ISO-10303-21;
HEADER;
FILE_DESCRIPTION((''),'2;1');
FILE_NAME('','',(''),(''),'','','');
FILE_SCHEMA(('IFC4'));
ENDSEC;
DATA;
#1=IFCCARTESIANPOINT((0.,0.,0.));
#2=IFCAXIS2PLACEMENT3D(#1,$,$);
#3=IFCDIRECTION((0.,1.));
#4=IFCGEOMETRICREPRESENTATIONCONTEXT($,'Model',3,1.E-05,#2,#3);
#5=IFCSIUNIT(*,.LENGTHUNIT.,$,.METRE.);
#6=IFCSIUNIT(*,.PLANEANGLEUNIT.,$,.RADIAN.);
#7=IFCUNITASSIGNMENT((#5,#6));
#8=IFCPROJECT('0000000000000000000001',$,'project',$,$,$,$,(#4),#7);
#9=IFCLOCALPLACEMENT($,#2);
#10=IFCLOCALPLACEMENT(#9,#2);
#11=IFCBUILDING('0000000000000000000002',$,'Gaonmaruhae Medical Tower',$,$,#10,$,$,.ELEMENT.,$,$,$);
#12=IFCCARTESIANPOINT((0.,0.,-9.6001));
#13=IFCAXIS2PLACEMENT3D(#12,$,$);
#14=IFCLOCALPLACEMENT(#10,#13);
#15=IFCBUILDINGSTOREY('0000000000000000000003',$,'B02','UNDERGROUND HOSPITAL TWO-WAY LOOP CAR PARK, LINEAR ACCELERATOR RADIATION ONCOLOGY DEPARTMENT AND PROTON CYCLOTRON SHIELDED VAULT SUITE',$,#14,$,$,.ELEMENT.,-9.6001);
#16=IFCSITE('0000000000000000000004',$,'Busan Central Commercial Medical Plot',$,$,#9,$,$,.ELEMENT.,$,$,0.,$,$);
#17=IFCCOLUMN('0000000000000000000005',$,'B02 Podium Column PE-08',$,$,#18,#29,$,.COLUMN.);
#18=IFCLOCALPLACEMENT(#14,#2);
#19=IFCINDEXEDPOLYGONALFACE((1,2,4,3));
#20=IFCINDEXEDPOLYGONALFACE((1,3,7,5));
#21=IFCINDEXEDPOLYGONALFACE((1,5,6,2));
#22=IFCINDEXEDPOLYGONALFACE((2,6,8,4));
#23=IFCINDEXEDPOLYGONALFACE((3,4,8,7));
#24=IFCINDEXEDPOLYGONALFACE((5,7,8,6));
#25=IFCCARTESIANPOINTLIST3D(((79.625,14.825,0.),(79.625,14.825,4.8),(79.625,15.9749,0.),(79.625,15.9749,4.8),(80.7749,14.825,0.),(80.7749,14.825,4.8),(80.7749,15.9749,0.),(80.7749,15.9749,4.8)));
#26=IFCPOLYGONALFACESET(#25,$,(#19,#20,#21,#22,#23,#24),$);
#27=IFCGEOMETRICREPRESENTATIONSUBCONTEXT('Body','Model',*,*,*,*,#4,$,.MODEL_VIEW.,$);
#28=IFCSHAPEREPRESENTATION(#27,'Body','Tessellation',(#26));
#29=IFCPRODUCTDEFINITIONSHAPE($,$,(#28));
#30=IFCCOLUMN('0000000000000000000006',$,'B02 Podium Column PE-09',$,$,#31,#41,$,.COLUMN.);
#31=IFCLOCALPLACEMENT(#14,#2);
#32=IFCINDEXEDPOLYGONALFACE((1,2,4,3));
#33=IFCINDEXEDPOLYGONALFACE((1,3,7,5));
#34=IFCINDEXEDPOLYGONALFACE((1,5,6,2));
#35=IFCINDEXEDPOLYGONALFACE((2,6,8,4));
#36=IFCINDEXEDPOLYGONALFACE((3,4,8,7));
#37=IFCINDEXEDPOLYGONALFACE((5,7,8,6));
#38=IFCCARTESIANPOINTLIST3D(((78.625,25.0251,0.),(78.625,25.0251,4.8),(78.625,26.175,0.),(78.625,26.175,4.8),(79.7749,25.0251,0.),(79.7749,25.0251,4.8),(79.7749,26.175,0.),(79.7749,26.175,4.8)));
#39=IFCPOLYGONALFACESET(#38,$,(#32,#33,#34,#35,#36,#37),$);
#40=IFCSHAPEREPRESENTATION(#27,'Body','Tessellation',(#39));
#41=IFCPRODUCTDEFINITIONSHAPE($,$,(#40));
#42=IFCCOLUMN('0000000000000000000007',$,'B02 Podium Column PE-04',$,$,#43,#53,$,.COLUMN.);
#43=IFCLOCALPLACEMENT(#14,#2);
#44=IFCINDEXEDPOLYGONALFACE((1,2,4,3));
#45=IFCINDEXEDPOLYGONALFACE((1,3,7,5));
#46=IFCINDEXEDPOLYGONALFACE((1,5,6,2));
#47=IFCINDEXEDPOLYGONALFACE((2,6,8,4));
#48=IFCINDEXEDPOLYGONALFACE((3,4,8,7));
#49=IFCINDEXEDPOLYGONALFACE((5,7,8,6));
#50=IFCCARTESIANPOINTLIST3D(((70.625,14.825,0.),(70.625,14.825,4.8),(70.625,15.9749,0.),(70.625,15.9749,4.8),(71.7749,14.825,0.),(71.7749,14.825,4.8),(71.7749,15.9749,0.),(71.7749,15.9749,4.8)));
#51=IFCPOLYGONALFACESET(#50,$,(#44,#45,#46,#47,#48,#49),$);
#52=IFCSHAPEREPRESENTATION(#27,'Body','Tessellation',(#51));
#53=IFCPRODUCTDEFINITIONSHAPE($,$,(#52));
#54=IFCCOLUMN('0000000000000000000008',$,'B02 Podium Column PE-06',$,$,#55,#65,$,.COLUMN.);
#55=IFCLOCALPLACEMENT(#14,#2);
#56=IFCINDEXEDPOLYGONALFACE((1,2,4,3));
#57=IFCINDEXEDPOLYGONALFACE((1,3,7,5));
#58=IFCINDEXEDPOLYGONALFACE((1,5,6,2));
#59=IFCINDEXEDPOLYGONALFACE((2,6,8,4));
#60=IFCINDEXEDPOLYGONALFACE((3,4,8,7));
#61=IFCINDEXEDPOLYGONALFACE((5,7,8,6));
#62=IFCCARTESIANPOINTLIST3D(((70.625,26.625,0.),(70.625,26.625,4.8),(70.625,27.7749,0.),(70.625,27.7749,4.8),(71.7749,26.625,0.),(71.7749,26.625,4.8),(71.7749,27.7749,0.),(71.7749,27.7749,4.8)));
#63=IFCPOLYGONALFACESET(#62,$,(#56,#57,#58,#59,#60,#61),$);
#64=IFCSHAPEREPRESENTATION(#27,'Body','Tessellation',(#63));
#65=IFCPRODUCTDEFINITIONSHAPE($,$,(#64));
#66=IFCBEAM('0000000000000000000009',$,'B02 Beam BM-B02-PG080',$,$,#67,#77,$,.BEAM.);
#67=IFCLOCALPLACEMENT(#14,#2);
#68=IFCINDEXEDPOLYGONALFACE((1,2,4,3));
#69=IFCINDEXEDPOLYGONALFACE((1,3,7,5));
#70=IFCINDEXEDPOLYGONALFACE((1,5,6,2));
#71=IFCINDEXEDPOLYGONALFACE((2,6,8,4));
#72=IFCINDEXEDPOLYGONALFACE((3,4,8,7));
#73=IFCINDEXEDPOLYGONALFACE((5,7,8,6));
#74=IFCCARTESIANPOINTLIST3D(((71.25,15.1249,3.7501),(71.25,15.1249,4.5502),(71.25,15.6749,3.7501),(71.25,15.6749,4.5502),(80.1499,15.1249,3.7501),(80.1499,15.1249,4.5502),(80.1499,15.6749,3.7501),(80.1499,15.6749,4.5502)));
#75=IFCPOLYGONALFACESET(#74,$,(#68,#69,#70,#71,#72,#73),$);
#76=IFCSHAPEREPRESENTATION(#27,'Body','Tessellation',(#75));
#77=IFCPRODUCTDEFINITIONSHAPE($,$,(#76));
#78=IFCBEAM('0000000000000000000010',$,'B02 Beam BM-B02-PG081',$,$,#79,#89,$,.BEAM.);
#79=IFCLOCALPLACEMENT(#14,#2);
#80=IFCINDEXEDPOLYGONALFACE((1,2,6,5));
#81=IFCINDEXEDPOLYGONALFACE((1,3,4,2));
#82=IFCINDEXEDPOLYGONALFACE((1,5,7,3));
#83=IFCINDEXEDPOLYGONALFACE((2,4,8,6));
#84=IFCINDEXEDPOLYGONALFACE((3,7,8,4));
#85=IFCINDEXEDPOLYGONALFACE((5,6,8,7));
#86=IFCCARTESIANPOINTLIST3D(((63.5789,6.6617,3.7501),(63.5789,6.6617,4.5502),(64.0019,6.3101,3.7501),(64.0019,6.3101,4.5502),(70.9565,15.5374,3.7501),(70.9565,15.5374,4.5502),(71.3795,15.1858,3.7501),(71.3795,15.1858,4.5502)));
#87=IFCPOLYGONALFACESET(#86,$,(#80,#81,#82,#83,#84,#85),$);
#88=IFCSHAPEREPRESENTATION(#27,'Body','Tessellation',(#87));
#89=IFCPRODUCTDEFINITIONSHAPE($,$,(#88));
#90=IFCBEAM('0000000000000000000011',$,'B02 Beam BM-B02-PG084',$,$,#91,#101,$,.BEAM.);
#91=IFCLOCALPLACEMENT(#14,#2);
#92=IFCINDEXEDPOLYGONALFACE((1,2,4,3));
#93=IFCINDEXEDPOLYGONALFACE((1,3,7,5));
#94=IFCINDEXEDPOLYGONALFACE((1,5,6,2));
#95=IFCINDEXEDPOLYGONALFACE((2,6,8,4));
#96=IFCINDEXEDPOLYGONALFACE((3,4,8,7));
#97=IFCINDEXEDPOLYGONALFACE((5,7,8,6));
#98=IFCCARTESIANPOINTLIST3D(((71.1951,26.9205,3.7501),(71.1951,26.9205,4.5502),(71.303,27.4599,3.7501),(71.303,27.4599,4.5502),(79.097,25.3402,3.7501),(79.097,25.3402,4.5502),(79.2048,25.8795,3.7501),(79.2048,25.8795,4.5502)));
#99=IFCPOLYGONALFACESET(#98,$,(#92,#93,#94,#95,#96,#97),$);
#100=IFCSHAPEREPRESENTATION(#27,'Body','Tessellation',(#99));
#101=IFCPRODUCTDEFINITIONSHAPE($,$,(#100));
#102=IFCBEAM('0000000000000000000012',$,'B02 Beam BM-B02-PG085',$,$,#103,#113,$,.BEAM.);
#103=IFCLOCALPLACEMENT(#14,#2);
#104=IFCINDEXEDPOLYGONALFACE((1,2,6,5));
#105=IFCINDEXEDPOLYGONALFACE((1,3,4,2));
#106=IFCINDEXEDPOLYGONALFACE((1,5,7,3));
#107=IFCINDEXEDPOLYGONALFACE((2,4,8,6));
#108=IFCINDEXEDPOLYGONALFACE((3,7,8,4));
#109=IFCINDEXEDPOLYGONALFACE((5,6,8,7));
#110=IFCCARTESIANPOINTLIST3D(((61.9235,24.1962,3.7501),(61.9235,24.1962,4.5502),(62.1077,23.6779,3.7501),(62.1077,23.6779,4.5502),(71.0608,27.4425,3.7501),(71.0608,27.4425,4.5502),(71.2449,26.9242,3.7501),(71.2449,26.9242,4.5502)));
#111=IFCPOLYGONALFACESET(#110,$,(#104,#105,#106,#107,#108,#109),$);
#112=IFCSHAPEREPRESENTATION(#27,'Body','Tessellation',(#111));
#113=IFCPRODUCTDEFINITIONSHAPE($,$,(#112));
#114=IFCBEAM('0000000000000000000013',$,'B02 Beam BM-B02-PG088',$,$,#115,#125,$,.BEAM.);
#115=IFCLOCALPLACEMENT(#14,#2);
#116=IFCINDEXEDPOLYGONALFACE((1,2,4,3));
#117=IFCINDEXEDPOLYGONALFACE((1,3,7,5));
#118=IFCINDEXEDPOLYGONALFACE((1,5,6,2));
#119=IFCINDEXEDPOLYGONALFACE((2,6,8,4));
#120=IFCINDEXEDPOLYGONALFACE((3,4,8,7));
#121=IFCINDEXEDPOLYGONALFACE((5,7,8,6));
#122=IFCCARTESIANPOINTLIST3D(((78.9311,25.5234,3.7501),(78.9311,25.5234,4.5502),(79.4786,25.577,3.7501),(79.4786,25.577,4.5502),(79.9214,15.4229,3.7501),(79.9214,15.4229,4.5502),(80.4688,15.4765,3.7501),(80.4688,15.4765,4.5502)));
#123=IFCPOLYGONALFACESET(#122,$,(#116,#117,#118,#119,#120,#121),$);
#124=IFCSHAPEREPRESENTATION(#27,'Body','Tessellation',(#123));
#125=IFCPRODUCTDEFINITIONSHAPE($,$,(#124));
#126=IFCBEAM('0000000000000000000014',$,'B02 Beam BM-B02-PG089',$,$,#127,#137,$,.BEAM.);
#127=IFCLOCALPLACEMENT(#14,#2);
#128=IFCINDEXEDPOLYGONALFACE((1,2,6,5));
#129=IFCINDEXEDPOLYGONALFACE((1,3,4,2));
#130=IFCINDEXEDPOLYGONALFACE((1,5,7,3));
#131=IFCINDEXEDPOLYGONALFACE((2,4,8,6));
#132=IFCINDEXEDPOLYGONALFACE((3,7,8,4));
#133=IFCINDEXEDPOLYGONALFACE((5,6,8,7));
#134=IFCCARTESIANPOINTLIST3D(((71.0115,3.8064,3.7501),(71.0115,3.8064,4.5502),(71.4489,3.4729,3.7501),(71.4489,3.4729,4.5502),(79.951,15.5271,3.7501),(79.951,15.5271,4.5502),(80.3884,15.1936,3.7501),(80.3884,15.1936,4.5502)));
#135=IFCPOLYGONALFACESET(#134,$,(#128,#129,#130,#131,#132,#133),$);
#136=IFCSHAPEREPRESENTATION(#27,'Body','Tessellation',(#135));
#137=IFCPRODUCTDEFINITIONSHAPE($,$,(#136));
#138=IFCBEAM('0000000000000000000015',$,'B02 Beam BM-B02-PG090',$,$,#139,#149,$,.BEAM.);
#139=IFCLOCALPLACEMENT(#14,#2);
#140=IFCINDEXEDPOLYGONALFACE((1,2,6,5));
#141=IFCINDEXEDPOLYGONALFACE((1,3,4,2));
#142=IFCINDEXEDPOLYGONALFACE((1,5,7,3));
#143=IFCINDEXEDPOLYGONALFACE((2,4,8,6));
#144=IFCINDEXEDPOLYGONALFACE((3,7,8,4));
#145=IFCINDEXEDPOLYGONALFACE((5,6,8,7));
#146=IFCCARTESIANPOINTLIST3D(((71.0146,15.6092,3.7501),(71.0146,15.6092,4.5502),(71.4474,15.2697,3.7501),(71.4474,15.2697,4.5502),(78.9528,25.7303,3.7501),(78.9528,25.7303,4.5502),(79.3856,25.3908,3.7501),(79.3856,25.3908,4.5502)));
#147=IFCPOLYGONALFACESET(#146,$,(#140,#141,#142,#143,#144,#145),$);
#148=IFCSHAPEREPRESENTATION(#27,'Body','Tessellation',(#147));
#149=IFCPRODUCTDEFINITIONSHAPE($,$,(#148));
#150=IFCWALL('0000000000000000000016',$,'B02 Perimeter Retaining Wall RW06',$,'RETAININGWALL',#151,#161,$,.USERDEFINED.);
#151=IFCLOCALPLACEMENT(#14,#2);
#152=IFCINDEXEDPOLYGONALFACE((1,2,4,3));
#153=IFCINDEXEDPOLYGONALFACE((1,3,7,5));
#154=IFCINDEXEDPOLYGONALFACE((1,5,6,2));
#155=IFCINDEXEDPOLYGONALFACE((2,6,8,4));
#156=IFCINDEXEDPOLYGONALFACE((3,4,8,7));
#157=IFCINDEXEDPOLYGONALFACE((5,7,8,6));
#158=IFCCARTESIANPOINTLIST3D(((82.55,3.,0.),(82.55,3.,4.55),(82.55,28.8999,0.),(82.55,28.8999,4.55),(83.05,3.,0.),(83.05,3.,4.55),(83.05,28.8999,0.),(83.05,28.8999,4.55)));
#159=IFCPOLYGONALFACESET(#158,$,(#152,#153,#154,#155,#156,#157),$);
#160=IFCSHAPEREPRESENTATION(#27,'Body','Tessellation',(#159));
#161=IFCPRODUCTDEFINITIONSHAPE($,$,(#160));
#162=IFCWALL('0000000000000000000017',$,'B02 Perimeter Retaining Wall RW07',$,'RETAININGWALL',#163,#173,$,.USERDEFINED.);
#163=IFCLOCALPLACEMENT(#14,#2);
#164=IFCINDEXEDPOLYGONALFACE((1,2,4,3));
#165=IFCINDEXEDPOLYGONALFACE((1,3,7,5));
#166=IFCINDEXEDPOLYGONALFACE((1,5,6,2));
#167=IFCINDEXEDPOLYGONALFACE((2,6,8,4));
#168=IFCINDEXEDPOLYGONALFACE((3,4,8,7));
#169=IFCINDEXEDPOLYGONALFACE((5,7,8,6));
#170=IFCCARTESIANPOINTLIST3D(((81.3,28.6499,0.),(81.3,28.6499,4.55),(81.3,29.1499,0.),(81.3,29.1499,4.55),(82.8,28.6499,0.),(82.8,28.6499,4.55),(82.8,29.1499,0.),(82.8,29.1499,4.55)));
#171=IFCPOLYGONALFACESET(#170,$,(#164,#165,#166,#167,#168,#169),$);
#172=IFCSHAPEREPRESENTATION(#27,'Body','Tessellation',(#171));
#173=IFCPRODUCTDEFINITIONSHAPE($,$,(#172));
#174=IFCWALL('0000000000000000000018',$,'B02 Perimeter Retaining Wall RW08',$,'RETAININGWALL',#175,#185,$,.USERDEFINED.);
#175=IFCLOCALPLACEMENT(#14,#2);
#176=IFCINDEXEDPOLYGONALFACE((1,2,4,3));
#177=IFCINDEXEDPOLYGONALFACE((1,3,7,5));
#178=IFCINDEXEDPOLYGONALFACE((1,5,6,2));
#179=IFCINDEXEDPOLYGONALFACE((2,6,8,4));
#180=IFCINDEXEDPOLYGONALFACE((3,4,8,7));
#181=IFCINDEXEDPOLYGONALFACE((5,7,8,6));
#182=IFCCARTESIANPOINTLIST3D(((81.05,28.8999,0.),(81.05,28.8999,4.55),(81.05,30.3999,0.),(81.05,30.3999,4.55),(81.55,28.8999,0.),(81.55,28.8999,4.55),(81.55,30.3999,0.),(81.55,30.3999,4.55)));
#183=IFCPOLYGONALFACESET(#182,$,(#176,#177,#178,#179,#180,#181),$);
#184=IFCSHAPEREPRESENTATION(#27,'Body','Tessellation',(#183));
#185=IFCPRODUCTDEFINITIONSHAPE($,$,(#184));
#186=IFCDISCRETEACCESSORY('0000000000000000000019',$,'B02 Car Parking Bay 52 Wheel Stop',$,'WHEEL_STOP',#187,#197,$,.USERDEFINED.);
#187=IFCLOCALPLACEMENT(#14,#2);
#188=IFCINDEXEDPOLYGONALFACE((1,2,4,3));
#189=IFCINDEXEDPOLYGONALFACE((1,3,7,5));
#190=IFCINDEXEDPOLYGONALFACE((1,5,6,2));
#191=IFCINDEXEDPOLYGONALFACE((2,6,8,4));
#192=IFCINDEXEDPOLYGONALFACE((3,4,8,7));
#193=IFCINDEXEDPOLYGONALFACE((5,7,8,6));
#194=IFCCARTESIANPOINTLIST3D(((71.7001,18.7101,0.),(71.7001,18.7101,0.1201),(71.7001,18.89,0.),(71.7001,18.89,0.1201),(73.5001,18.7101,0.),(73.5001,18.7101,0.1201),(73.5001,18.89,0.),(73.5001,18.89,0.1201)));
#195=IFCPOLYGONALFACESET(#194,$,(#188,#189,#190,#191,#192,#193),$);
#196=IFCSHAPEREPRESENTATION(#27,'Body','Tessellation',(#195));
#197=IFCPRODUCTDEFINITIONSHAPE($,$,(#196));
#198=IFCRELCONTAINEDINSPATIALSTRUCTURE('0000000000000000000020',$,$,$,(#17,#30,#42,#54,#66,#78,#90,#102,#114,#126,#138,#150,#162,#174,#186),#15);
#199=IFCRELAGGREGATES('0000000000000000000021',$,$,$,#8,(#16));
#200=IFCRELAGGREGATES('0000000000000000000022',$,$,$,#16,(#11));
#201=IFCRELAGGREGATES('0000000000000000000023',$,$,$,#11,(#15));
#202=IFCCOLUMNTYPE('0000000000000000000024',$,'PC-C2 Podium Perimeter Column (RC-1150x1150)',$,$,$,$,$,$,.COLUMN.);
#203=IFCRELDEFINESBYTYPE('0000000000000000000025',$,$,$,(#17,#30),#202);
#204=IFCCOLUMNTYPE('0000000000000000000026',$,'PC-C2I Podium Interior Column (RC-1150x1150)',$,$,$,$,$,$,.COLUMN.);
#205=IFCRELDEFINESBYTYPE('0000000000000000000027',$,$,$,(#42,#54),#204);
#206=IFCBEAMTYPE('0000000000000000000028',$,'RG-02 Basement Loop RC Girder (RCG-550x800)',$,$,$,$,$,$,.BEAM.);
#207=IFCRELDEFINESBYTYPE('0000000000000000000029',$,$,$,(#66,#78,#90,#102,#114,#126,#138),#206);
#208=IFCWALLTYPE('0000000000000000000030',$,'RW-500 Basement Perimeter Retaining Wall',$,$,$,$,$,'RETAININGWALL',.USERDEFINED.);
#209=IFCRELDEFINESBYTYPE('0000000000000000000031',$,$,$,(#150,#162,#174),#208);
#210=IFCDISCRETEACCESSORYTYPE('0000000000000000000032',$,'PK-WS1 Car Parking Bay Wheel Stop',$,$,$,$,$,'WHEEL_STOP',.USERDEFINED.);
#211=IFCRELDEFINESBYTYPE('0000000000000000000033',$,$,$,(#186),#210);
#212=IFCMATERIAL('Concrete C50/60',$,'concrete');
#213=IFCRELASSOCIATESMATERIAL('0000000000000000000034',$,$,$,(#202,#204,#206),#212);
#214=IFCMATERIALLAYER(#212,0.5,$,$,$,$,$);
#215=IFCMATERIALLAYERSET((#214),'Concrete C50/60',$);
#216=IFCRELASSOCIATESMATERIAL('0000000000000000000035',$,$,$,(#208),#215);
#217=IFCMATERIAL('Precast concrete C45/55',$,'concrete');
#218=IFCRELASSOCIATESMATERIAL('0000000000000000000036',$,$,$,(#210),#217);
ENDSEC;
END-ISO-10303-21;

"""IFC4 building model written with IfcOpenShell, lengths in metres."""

from ifc_helpers import new_model, si_unit, direction, frame, frame_2d, origin, origin_2d, place, context, subcontext, project, spatial, rectangle, extrude, material, layer, layer_set, material_profile, profile_set, type_object, element, save


model = new_model("IFC4")

# Units and contexts
model_context = context("Model", 3, precision=1e-05, world=origin(), true_north=direction((0.0, 1.0)))
body_context = subcontext(model_context, "Body", "Model", "MODEL_VIEW")
ifc_project = project(units=[si_unit("LENGTHUNIT", "METRE"), si_unit("PLANEANGLEUNIT", "RADIAN")], contexts=[model_context])

# Site, building, storey
site_placement = place(None, origin())
site = spatial("IfcSite", under=ifc_project, at=site_placement, Name="Busan Central Commercial Medical Plot", CompositionType="ELEMENT", RefElevation=0.0)
building_placement = place(site_placement, origin())
building = spatial("IfcBuilding", under=site, at=building_placement, Name="Gaonmaruhae Medical Tower", CompositionType="ELEMENT")
storey_placement = place(building_placement, frame((0.0, 0.0, -9.6001)))
storey = spatial("IfcBuildingStorey", under=building, at=storey_placement, Name="B02", Description="UNDERGROUND HOSPITAL TWO-WAY LOOP CAR PARK, LINEAR ACCELERATOR RADIATION ONCOLOGY DEPARTMENT AND PROTON CYCLOTRON SHIELDED VAULT SUITE", CompositionType="ELEMENT", Elevation=-9.6001)

# Shared definitions
ifc_material_1 = material(Name="Concrete C50/60", Category="concrete")

# Columns
ifc_material_profile_1 = material_profile(ifc_material_1, rectangle(XDim=1.1499, YDim=1.1499, at=origin_2d()), Name="RC-1150x1150")
ifc_profile_set_1 = profile_set([ifc_material_profile_1], Name="Concrete C50/60")
column_type_1 = type_object("IfcColumnType", Name="PC-C2 Podium Perimeter Column (RC-1150x1150)", PredefinedType="COLUMN", material=ifc_profile_set_1)
for number, where, z_axis, x_axis, name in (
    (1, (80.2, 15.3999, 0.0), (0.0, 0.0, 1.0), (1.0, 0.0, 0.0), "B02 Podium Column PE-08"),
    (2, (79.2, 25.6001, 0.0), (0.0, 0.0, 1.0), (1.0, 0.0, 0.0), "B02 Podium Column PE-09"),
):
    element("IfcColumn", number, at=place(storey_placement, frame(where, z_axis=z_axis, x_axis=x_axis)), inside=storey, type_object=column_type_1, Name=name, PredefinedType="COLUMN", context=body_context, shape_type="SweptSolid", body=[
        extrude(rectangle(XDim=1.1499, YDim=1.1499, at=origin_2d()), origin(), (0.0, 0.0, 1.0), 4.8),
    ])
ifc_material_profile_2 = material_profile(ifc_material_1, rectangle(XDim=1.1499, YDim=1.1499, at=origin_2d()), Name="RC-1150x1150")
ifc_profile_set_2 = profile_set([ifc_material_profile_2], Name="Concrete C50/60")
column_type_2 = type_object("IfcColumnType", Name="PC-C2I Podium Interior Column (RC-1150x1150)", PredefinedType="COLUMN", material=ifc_profile_set_2)
for number, where, z_axis, x_axis, name in (
    (3, (71.2, 15.3999, 0.0), (0.0, 0.0, 1.0), (1.0, 0.0, 0.0), "B02 Podium Column PE-04"),
    (4, (71.2, 27.2, 0.0), (0.0, 0.0, 1.0), (1.0, 0.0, 0.0), "B02 Podium Column PE-06"),
):
    element("IfcColumn", number, at=place(storey_placement, frame(where, z_axis=z_axis, x_axis=x_axis)), inside=storey, type_object=column_type_2, Name=name, PredefinedType="COLUMN", context=body_context, shape_type="SweptSolid", body=[
        extrude(rectangle(XDim=1.1499, YDim=1.1499, at=origin_2d()), origin(), (0.0, 0.0, 1.0), 4.8),
    ])

# Beams
ifc_material_profile_3 = material_profile(ifc_material_1, rectangle(XDim=0.55, YDim=0.8, at=origin_2d()), Name="RCG-550x800")
ifc_profile_set_3 = profile_set([ifc_material_profile_3], Name="Concrete C50/60")
beam_type = type_object("IfcBeamType", Name="RG-02 Basement Loop RC Girder (RCG-550x800)", PredefinedType="BEAM", material=ifc_profile_set_3)
beam_1_placement = place(storey_placement, frame((71.25, 15.3999, 4.1501), z_axis=(1.0, 0.0, 0.0), x_axis=(0.0, 1.0, 0.0)))
element("IfcBeam", 5, at=beam_1_placement, inside=storey, type_object=beam_type, Name="B02 Beam BM-B02-PG080", PredefinedType="BEAM", context=body_context, shape_type="SweptSolid", body=[
    extrude(rectangle(XDim=0.55, YDim=0.8, at=origin_2d()), origin(), (0.0, 0.0, 1.0), 8.8999),
])
beam_2_placement = place(storey_placement, frame((71.168, 15.3616, 4.1501), z_axis=(-0.639225, -0.76902, 0.0), x_axis=(0.76902, -0.639225, 0.0)))
element("IfcBeam", 6, at=beam_2_placement, inside=storey, type_object=beam_type, Name="B02 Beam BM-B02-PG081", PredefinedType="BEAM", context=body_context, shape_type="SweptSolid", body=[
    extrude(rectangle(XDim=0.55, YDim=0.8, at=origin_2d()), origin(), (0.0, 0.0, 1.0), 11.5415),
])
beam_3_placement = place(storey_placement, frame((71.249, 27.1902, 4.1501), z_axis=(0.980582, -0.19611, 0.0), x_axis=(0.19611, 0.980582, 0.0)))
element("IfcBeam", 7, at=beam_3_placement, inside=storey, type_object=beam_type, Name="B02 Beam BM-B02-PG084", PredefinedType="BEAM", context=body_context, shape_type="SweptSolid", body=[
    extrude(rectangle(XDim=0.55, YDim=0.8, at=origin_2d()), origin(), (0.0, 0.0, 1.0), 8.0583),
])
beam_4_placement = place(storey_placement, frame((71.1528, 27.1833, 4.1501), z_axis=(-0.942294, -0.334786, 0.0), x_axis=(0.334786, -0.942294, 0.0)))
element("IfcBeam", 8, at=beam_4_placement, inside=storey, type_object=beam_type, Name="B02 Beam BM-B02-PG085", PredefinedType="BEAM", context=body_context, shape_type="SweptSolid", body=[
    extrude(rectangle(XDim=0.55, YDim=0.8, at=origin_2d()), origin(), (0.0, 0.0, 1.0), 9.6968),
])
beam_5_placement = place(storey_placement, frame((80.1951, 15.4497, 4.1501), z_axis=(-0.09757, 0.995229, 0.0), x_axis=(-0.995229, -0.09757, 0.0)))
element("IfcBeam", 9, at=beam_5_placement, inside=storey, type_object=beam_type, Name="B02 Beam BM-B02-PG088", PredefinedType="BEAM", context=body_context, shape_type="SweptSolid", body=[
    extrude(rectangle(XDim=0.55, YDim=0.8, at=origin_2d()), origin(), (0.0, 0.0, 1.0), 10.1489),
])
beam_6_placement = place(storey_placement, frame((80.1697, 15.3604, 4.1501), z_axis=(-0.606446, -0.795124, 0.0), x_axis=(0.795124, -0.606446, 0.0)))
element("IfcBeam", 10, at=beam_6_placement, inside=storey, type_object=beam_type, Name="B02 Beam BM-B02-PG089", PredefinedType="BEAM", context=body_context, shape_type="SweptSolid", body=[
    extrude(rectangle(XDim=0.55, YDim=0.8, at=origin_2d()), origin(), (0.0, 0.0, 1.0), 14.7407),
])
beam_7_placement = place(storey_placement, frame((79.1692, 25.5605, 4.1501), z_axis=(-0.617146, -0.786849, 0.0), x_axis=(0.786849, -0.617146, 0.0)))
element("IfcBeam", 11, at=beam_7_placement, inside=storey, type_object=beam_type, Name="B02 Beam BM-B02-PG090", PredefinedType="BEAM", context=body_context, shape_type="SweptSolid", body=[
    extrude(rectangle(XDim=0.55, YDim=0.8, at=origin_2d()), origin(), (0.0, 0.0, 1.0), 12.8628),
])

# Walls
ifc_layer_1 = layer(ifc_material_1, 0.5)
ifc_layer_set_1 = layer_set([ifc_layer_1], Name="Concrete C50/60")
wall_type = type_object("IfcWallType", Name="RW-500 Basement Perimeter Retaining Wall", ElementType="RETAININGWALL", PredefinedType="USERDEFINED", material=ifc_layer_set_1)
wall_placement = place(storey_placement, frame((82.8, 28.8999, 0.0), z_axis=(0.0, 0.0, 1.0), x_axis=(0.0, -1.0, 0.0)))
element("IfcWall", 12, at=wall_placement, inside=storey, type_object=wall_type, Name="B02 Perimeter Retaining Wall RW06", ObjectType="RETAININGWALL", PredefinedType="USERDEFINED", context=body_context, shape_type="SweptSolid", body=[
    extrude(rectangle(XDim=25.8999, YDim=0.5, at=frame_2d((12.95, 0.0))), origin(), (0.0, 0.0, 1.0), 4.55),
])
for number, where, z_axis, x_axis, name in (
    (13, (81.3, 28.8999, 0.0), (0.0, 0.0, 1.0), (1.0, 0.0, 0.0), "B02 Perimeter Retaining Wall RW07"),
    (14, (81.3, 30.3999, 0.0), (0.0, 0.0, 1.0), (0.0, -1.0, 0.0), "B02 Perimeter Retaining Wall RW08"),
):
    element("IfcWall", number, at=place(storey_placement, frame(where, z_axis=z_axis, x_axis=x_axis)), inside=storey, type_object=wall_type, Name=name, ObjectType="RETAININGWALL", PredefinedType="USERDEFINED", context=body_context, shape_type="SweptSolid", body=[
        extrude(rectangle(XDim=1.5, YDim=0.5, at=frame_2d((0.75, 0.0))), origin(), (0.0, 0.0, 1.0), 4.55),
    ])

# Discrete accessory
ifc_material_2 = material(Name="Precast concrete C45/55", Category="concrete")
discrete_accessory_type = type_object("IfcDiscreteAccessoryType", Name="PK-WS1 Car Parking Bay Wheel Stop", ElementType="WHEEL_STOP", PredefinedType="USERDEFINED", material=ifc_material_2)
for number, where, z_axis, x_axis, name in (
    (15, (72.6001, 18.8, 0.0), (0.0, 0.0, 1.0), (1.0, 0.0, 0.0), "B02 Car Parking Bay 52 Wheel Stop"),
):
    element("IfcDiscreteAccessory", number, at=place(storey_placement, frame(where, z_axis=z_axis, x_axis=x_axis)), inside=storey, type_object=discrete_accessory_type, Name=name, ObjectType="WHEEL_STOP", PredefinedType="USERDEFINED", context=body_context, shape_type="SweptSolid", body=[
        extrude(rectangle(XDim=1.8, YDim=0.1799, at=origin_2d()), origin(), (0.0, 0.0, 1.0), 0.1201),
    ])

save(model, "model.ifc")
